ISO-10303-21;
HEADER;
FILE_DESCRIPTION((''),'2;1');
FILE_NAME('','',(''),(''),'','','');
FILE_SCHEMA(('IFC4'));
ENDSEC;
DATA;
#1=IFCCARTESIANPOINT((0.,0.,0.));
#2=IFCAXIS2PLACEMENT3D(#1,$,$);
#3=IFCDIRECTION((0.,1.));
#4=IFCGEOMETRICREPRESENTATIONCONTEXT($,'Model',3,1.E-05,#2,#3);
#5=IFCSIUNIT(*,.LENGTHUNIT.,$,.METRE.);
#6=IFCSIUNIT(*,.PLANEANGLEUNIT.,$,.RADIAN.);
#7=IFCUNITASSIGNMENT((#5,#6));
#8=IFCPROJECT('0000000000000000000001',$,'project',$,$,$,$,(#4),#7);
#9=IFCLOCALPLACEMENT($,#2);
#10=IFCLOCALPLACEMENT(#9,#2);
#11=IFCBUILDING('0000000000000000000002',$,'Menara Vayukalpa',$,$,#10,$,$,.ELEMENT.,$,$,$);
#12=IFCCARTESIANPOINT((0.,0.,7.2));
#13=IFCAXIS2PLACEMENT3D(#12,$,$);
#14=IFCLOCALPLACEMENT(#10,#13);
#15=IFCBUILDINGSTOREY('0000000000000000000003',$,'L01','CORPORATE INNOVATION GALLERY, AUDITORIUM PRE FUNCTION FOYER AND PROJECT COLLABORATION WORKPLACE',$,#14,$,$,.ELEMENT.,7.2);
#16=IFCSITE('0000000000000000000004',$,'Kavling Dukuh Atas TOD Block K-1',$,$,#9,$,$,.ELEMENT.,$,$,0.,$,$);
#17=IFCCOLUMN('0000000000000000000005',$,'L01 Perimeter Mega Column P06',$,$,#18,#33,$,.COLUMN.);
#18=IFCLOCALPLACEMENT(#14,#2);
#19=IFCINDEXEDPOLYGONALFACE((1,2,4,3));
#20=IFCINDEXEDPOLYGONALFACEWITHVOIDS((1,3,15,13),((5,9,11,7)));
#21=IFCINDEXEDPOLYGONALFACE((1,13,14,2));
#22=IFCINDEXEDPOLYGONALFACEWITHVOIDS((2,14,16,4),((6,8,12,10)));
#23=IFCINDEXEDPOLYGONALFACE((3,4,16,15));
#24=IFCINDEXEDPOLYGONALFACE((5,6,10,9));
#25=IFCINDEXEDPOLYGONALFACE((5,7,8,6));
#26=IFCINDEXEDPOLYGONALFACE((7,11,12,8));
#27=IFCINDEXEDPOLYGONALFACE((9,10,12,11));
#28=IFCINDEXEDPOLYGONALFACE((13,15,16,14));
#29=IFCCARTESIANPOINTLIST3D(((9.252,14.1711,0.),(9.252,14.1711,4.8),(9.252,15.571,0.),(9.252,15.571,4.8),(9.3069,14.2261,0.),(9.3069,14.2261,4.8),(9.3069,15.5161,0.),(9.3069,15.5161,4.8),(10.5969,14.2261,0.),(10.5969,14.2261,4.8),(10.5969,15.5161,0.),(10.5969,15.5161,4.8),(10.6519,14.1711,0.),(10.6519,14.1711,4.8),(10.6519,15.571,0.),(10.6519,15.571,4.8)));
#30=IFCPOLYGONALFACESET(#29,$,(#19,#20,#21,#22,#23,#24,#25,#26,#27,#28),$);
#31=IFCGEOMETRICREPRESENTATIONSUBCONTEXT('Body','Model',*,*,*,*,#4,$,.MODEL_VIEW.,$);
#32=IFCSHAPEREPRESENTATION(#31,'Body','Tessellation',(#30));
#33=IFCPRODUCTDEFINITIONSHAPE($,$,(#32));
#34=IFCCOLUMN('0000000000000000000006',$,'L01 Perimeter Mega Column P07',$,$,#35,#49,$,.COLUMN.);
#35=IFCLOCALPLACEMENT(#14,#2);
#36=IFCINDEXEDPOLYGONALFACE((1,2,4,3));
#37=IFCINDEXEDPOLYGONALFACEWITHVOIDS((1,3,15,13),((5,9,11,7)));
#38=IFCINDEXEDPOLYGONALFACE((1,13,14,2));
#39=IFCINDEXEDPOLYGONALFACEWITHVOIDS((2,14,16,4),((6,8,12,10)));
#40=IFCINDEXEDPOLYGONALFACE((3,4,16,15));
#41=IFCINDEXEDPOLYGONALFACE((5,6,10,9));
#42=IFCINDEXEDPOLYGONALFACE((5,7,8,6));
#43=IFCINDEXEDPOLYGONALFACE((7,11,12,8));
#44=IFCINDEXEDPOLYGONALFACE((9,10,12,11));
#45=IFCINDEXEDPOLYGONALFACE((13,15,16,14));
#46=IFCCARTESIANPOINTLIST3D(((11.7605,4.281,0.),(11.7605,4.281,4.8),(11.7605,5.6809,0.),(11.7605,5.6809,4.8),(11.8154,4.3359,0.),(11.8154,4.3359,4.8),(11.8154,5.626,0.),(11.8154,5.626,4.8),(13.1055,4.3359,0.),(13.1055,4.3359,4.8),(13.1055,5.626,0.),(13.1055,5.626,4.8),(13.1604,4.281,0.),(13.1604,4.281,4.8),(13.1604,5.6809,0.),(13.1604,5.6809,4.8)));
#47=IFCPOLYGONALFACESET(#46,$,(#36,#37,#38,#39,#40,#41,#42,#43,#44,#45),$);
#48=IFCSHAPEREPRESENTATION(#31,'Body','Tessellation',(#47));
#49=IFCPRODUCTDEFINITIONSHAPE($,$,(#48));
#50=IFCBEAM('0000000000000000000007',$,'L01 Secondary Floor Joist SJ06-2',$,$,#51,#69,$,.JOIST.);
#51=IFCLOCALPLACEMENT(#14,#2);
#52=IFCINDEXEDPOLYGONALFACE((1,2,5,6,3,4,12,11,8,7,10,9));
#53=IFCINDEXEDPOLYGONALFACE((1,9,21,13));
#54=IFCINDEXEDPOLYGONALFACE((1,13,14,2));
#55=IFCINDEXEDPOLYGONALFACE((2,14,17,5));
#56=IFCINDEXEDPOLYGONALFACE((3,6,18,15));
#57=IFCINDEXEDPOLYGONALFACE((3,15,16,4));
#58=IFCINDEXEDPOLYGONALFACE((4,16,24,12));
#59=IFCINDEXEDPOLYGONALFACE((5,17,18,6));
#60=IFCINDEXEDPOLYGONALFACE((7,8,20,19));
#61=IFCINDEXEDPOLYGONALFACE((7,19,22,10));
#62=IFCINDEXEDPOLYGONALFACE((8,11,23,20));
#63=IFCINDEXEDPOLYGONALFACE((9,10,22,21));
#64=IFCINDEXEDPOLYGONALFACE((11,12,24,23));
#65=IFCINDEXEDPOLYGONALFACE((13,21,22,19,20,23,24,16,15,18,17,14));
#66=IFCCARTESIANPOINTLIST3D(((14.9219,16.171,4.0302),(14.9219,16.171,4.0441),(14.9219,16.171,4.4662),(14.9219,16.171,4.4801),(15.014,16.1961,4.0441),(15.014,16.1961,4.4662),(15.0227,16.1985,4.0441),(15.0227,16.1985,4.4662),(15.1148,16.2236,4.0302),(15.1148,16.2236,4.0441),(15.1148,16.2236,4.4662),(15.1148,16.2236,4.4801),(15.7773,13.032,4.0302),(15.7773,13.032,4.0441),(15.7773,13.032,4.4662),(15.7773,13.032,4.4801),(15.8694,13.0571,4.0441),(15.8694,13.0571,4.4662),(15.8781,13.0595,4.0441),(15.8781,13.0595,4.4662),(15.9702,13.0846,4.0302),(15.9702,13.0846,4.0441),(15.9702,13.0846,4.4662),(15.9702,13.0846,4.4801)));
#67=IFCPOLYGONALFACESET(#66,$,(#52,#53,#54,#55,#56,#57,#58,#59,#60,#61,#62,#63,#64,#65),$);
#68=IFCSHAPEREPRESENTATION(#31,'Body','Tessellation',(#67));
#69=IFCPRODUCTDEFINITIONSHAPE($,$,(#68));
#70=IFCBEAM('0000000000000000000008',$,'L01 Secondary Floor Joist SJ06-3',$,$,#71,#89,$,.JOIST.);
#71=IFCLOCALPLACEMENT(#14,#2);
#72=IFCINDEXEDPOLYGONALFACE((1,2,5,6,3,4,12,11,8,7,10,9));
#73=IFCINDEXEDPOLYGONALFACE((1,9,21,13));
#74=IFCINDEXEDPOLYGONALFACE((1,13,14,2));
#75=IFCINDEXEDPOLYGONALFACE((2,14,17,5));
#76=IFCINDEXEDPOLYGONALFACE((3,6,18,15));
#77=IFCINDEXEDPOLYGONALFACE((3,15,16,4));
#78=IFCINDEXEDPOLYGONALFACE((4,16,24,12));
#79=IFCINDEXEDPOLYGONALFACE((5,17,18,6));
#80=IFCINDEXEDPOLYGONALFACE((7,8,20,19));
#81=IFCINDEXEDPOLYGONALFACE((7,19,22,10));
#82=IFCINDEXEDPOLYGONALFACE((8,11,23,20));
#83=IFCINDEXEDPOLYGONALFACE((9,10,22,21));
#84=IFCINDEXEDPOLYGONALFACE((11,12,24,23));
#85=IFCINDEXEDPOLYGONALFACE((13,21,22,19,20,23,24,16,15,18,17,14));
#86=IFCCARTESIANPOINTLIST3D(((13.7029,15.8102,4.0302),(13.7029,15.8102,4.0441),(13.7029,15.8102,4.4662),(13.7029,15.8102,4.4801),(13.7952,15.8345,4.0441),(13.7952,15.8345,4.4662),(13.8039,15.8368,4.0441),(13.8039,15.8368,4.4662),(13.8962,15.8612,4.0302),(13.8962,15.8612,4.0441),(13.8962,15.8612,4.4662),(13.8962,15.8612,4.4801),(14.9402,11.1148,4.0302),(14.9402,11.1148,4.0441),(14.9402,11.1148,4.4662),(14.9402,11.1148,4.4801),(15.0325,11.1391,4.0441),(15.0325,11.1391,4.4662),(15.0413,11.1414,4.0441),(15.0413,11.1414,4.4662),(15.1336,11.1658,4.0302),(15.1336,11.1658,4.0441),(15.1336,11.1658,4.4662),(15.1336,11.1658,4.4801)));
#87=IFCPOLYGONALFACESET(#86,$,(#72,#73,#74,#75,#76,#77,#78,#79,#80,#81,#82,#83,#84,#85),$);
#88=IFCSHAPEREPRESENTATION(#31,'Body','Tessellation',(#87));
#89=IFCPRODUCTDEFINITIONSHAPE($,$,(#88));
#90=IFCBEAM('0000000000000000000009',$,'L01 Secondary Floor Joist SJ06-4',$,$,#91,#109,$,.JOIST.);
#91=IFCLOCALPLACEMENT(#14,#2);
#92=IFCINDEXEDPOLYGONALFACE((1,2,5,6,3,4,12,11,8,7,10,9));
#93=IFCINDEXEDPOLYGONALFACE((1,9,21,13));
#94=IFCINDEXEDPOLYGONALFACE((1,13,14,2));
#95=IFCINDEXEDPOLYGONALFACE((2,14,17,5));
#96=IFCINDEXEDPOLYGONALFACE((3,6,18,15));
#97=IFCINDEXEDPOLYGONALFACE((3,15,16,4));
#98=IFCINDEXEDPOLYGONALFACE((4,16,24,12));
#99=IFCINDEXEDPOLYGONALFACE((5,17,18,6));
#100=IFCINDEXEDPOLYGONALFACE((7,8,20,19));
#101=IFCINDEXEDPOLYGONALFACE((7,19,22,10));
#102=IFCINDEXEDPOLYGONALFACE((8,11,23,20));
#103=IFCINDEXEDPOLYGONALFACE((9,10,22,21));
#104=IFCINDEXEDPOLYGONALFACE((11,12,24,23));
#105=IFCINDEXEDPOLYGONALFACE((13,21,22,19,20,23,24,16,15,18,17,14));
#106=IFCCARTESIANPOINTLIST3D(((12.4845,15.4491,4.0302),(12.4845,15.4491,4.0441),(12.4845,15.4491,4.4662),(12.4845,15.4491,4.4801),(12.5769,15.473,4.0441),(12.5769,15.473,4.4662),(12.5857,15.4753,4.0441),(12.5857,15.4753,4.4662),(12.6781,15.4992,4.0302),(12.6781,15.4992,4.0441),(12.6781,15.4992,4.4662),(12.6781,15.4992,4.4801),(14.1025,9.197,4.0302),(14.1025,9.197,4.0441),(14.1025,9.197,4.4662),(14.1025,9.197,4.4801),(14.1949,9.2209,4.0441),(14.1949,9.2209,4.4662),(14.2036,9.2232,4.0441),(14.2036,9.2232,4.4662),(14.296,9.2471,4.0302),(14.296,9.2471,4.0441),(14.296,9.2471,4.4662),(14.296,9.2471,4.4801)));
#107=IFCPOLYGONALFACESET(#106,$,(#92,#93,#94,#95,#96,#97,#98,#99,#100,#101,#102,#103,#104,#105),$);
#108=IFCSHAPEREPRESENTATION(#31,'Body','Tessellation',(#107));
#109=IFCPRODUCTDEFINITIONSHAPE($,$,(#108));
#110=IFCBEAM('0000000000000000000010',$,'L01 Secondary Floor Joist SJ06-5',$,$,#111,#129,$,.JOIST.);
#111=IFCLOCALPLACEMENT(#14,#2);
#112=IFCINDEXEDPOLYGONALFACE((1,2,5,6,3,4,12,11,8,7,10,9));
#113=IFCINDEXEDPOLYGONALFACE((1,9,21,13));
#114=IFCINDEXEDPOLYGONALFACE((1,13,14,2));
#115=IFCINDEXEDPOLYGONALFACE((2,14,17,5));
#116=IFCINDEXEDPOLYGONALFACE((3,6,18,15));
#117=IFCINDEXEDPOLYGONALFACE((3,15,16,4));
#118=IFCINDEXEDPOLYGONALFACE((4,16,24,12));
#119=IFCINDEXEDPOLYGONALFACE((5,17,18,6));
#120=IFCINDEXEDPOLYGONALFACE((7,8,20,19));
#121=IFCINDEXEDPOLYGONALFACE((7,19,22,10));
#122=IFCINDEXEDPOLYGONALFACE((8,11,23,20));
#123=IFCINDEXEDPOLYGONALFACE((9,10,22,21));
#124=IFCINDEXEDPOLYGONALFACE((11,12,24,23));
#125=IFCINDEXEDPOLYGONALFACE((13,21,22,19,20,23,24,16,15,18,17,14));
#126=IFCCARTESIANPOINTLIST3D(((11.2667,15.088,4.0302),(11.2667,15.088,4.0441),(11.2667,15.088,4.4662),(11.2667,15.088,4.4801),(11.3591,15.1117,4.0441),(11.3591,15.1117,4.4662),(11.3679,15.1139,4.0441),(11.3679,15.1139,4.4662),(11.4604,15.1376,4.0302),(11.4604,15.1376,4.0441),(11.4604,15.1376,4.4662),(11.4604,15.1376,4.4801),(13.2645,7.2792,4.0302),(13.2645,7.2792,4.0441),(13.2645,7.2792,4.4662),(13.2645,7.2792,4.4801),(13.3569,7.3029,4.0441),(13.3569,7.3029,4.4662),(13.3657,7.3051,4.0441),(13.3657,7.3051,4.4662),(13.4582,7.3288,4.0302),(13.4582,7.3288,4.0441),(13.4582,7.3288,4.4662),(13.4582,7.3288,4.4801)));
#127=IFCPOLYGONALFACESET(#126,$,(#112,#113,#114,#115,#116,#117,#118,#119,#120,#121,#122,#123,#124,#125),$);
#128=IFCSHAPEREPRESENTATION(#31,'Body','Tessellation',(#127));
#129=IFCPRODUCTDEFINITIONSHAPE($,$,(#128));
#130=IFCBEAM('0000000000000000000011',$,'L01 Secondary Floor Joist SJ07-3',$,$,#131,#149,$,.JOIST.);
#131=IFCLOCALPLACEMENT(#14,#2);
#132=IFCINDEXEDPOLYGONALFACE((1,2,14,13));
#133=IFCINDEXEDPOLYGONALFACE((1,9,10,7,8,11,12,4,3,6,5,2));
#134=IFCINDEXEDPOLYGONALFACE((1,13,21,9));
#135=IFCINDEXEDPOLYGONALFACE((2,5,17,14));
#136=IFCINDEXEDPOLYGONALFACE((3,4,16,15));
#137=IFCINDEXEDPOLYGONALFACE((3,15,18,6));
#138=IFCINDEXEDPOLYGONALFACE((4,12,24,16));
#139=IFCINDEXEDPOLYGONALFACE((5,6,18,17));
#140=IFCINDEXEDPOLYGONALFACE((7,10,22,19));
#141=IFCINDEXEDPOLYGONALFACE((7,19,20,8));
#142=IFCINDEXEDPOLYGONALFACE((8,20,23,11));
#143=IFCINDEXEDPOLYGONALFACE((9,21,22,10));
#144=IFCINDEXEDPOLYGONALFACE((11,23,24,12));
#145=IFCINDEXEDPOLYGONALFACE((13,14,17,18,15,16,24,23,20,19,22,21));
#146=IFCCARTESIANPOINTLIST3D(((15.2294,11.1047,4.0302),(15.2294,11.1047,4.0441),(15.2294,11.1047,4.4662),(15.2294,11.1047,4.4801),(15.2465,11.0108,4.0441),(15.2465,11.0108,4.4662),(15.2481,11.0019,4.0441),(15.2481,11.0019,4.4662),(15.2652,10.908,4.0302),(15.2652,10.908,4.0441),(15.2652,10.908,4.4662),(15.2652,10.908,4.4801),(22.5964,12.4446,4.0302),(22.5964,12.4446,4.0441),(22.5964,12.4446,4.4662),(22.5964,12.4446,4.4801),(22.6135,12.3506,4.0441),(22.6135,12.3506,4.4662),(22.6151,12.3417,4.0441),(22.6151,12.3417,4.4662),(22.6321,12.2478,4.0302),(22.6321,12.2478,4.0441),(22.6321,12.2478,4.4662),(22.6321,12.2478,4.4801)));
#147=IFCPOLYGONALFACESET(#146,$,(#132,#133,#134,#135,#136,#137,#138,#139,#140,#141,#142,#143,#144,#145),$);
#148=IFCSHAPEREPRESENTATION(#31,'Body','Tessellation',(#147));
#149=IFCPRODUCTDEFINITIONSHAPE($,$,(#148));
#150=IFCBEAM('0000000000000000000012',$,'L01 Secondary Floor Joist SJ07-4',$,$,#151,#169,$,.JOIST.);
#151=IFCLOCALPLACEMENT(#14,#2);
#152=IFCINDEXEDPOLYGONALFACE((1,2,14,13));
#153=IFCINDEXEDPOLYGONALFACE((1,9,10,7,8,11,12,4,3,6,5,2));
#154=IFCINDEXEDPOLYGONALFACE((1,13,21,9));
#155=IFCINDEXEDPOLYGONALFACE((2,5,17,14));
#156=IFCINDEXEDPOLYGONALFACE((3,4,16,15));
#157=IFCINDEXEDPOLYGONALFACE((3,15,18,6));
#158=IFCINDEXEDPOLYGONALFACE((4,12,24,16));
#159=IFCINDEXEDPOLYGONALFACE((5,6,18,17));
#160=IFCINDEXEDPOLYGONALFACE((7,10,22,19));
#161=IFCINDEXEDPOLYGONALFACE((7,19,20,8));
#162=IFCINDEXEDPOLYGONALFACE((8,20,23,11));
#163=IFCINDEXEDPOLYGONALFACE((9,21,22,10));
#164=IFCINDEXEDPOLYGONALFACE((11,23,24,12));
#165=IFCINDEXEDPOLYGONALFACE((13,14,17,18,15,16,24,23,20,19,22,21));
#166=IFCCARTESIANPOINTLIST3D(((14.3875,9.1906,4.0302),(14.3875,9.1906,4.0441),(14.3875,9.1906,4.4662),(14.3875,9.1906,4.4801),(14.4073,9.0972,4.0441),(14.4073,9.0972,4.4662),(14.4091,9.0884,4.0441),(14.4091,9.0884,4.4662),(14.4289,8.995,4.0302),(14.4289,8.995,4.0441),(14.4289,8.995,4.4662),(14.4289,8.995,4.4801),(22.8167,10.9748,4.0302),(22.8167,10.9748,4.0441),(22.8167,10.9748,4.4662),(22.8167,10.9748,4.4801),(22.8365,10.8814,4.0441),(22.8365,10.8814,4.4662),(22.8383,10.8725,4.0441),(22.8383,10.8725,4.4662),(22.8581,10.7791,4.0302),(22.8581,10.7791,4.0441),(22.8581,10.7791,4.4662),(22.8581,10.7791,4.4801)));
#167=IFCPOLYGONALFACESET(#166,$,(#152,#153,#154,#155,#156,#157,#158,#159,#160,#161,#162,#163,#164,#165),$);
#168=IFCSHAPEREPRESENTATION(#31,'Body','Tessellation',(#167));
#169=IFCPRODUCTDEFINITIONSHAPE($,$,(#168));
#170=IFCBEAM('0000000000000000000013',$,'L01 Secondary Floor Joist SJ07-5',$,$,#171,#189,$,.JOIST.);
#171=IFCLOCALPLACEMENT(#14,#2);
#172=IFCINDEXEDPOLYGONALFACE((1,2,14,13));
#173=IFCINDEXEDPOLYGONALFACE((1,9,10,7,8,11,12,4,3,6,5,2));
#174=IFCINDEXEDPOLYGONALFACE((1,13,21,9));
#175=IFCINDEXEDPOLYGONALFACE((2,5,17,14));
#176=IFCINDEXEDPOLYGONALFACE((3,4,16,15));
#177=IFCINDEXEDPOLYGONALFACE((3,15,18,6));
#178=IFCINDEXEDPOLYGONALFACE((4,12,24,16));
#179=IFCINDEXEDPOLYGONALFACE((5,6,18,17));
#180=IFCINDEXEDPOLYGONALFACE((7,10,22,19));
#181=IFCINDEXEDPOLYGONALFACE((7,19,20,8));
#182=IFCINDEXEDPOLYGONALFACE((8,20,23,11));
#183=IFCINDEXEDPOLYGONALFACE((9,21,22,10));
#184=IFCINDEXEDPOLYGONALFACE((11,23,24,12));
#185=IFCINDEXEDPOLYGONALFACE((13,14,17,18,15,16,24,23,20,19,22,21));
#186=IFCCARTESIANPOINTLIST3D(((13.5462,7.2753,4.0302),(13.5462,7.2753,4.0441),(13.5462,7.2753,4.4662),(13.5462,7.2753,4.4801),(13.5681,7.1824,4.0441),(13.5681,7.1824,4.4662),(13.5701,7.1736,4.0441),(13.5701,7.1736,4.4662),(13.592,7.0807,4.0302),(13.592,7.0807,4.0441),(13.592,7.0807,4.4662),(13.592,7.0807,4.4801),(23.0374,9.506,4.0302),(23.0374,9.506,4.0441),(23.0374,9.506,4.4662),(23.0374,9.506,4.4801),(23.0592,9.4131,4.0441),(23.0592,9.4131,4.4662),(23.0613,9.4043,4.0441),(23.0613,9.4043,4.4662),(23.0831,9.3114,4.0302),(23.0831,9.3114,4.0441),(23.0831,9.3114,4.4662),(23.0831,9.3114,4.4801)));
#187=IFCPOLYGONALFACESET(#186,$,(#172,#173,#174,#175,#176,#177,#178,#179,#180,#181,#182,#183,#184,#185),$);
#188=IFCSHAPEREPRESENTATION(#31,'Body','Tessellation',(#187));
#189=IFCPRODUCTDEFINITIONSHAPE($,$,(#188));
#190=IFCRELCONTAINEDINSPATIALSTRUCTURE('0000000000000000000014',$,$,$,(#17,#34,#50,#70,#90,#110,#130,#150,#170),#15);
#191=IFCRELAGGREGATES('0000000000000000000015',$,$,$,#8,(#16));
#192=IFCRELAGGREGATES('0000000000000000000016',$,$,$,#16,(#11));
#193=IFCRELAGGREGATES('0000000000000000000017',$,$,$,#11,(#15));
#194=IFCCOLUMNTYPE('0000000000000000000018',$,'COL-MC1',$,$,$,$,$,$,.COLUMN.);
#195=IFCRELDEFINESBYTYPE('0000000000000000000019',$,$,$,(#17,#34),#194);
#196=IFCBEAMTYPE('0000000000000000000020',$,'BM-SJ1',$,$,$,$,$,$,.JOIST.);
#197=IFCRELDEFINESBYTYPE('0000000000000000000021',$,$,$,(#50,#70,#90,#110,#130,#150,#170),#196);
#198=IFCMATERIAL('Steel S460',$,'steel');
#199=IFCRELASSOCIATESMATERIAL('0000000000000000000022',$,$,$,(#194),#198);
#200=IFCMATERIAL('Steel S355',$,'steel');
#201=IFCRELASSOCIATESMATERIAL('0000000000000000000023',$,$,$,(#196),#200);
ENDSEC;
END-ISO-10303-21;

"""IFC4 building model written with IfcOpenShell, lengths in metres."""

from ifc_helpers import new_model, si_unit, direction, frame, origin, origin_2d, place, context, subcontext, project, spatial, hollow_rectangle, i_section, extrude, material, material_profile, profile_set, type_object, element, save


model = new_model("IFC4")

# Units and contexts
model_context = context("Model", 3, precision=1e-05, world=origin(), true_north=direction((0.0, 1.0)))
body_context = subcontext(model_context, "Body", "Model", "MODEL_VIEW")
ifc_project = project(units=[si_unit("LENGTHUNIT", "METRE"), si_unit("PLANEANGLEUNIT", "RADIAN")], contexts=[model_context])

# Site, building, storey
site_placement = place(None, origin())
site = spatial("IfcSite", under=ifc_project, at=site_placement, Name="Kavling Dukuh Atas TOD Block K-1", CompositionType="ELEMENT", RefElevation=0.0)
building_placement = place(site_placement, origin())
building = spatial("IfcBuilding", under=site, at=building_placement, Name="Menara Vayukalpa", CompositionType="ELEMENT")
storey_placement = place(building_placement, frame((0.0, 0.0, 7.2)))
storey = spatial("IfcBuildingStorey", under=building, at=storey_placement, Name="L01", Description="CORPORATE INNOVATION GALLERY, AUDITORIUM PRE FUNCTION FOYER AND PROJECT COLLABORATION WORKPLACE", CompositionType="ELEMENT", Elevation=7.2)

# Columns
ifc_material_1 = material(Name="Steel S460", Category="steel")
ifc_material_profile_1 = material_profile(ifc_material_1, hollow_rectangle(XDim=1.3999, YDim=1.3999, WallThickness=0.0549, at=origin_2d()), Name="BOX 1400x1400x55")
ifc_profile_set_1 = profile_set([ifc_material_profile_1], Name="Steel S460")
column_type = type_object("IfcColumnType", Name="COL-MC1", PredefinedType="COLUMN", material=ifc_profile_set_1)
for number, where, z_axis, x_axis, name in (
    (1, (9.9519, 14.8711, 0.0), (0.0, 0.0, 1.0), (1.0, 0.0, 0.0), "L01 Perimeter Mega Column P06"),
    (2, (12.4604, 4.981, 0.0), (0.0, 0.0, 1.0), (1.0, 0.0, 0.0), "L01 Perimeter Mega Column P07"),
):
    element("IfcColumn", number, at=place(storey_placement, frame(where, z_axis=z_axis, x_axis=x_axis)), inside=storey, type_object=column_type, Name=name, PredefinedType="COLUMN", context=body_context, shape_type="SweptSolid", body=[
        extrude(hollow_rectangle(XDim=1.3999, YDim=1.3999, WallThickness=0.0549, at=origin_2d()), origin(), (0.0, 0.0, 1.0), 4.8),
    ])

# Beams
ifc_material_2 = material(Name="Steel S355", Category="steel")
ifc_material_profile_2 = material_profile(ifc_material_2, i_section(OverallWidth=0.2, OverallDepth=0.45, WebThickness=0.009, FlangeThickness=0.0139, at=origin_2d()), Name="WF 450x200x9x14")
ifc_profile_set_2 = profile_set([ifc_material_profile_2], Name="Steel S355")
beam_type_1 = type_object("IfcBeamType", Name="BM-SJ1", PredefinedType="JOIST", material=ifc_profile_set_2)
beam_1_placement = place(storey_placement, frame((15.0183, 16.1973, 4.2551), z_axis=(0.262946, -0.964811, 0.0), x_axis=(0.964811, 0.262946, 0.0)))
element("IfcBeam", 3, at=beam_1_placement, inside=storey, type_object=beam_type_1, Name="L01 Secondary Floor Joist SJ06-2", PredefinedType="JOIST", context=body_context, shape_type="SweptSolid", body=[
    extrude(i_section(OverallWidth=0.2, OverallDepth=0.45, WebThickness=0.009, FlangeThickness=0.0139, at=origin_2d()), origin(), (0.0, 0.0, 1.0), 3.2534),
])
beam_2_placement = place(storey_placement, frame((13.7996, 15.8357, 4.2551), z_axis=(0.25482, -0.966989, 0.0), x_axis=(0.966989, 0.25482, 0.0)))
element("IfcBeam", 4, at=beam_2_placement, inside=storey, type_object=beam_type_1, Name="L01 Secondary Floor Joist SJ06-3", PredefinedType="JOIST", context=body_context, shape_type="SweptSolid", body=[
    extrude(i_section(OverallWidth=0.2, OverallDepth=0.45, WebThickness=0.009, FlangeThickness=0.0139, at=origin_2d()), origin(), (0.0, 0.0, 1.0), 4.8557),
])
beam_3_placement = place(storey_placement, frame((12.5813, 15.4741, 4.2551), z_axis=(0.250533, -0.968108, 0.0), x_axis=(0.968108, 0.250533, 0.0)))
element("IfcBeam", 5, at=beam_3_placement, inside=storey, type_object=beam_type_1, Name="L01 Secondary Floor Joist SJ06-4", PredefinedType="JOIST", context=body_context, shape_type="SweptSolid", body=[
    extrude(i_section(OverallWidth=0.2, OverallDepth=0.45, WebThickness=0.009, FlangeThickness=0.0139, at=origin_2d()), origin(), (0.0, 0.0, 1.0), 6.458),
])
beam_4_placement = place(storey_placement, frame((11.3635, 15.1128, 4.2551), z_axis=(0.247856, -0.968797, 0.0), x_axis=(0.968797, 0.247856, 0.0)))
element("IfcBeam", 6, at=beam_4_placement, inside=storey, type_object=beam_type_1, Name="L01 Secondary Floor Joist SJ06-5", PredefinedType="JOIST", context=body_context, shape_type="SweptSolid", body=[
    extrude(i_section(OverallWidth=0.2, OverallDepth=0.45, WebThickness=0.009, FlangeThickness=0.0139, at=origin_2d()), origin(), (0.0, 0.0, 1.0), 8.0603),
])
beam_5_placement = place(storey_placement, frame((15.2473, 11.0063, 4.2551), z_axis=(0.983861, 0.178937, 0.0), x_axis=(-0.178937, 0.983861, 0.0)))
element("IfcBeam", 7, at=beam_5_placement, inside=storey, type_object=beam_type_1, Name="L01 Secondary Floor Joist SJ07-3", PredefinedType="JOIST", context=body_context, shape_type="SweptSolid", body=[
    extrude(i_section(OverallWidth=0.2, OverallDepth=0.45, WebThickness=0.009, FlangeThickness=0.0139, at=origin_2d()), origin(), (0.0, 0.0, 1.0), 7.4878),
])
beam_6_placement = place(storey_placement, frame((14.4082, 9.0928, 4.2551), z_axis=(0.978324, 0.207079, 0.0), x_axis=(-0.207079, 0.978324, 0.0)))
element("IfcBeam", 8, at=beam_6_placement, inside=storey, type_object=beam_type_1, Name="L01 Secondary Floor Joist SJ07-4", PredefinedType="JOIST", context=body_context, shape_type="SweptSolid", body=[
    extrude(i_section(OverallWidth=0.2, OverallDepth=0.45, WebThickness=0.009, FlangeThickness=0.0139, at=origin_2d()), origin(), (0.0, 0.0, 1.0), 8.616),
])
beam_7_placement = place(storey_placement, frame((13.5691, 7.178, 4.2551), z_axis=(0.973475, 0.228795, 0.0), x_axis=(-0.228795, 0.973475, 0.0)))
element("IfcBeam", 9, at=beam_7_placement, inside=storey, type_object=beam_type_1, Name="L01 Secondary Floor Joist SJ07-5", PredefinedType="JOIST", context=body_context, shape_type="SweptSolid", body=[
    extrude(i_section(OverallWidth=0.2, OverallDepth=0.45, WebThickness=0.009, FlangeThickness=0.0139, at=origin_2d()), origin(), (0.0, 0.0, 1.0), 9.7498),
])

save(model, "model.ifc")
